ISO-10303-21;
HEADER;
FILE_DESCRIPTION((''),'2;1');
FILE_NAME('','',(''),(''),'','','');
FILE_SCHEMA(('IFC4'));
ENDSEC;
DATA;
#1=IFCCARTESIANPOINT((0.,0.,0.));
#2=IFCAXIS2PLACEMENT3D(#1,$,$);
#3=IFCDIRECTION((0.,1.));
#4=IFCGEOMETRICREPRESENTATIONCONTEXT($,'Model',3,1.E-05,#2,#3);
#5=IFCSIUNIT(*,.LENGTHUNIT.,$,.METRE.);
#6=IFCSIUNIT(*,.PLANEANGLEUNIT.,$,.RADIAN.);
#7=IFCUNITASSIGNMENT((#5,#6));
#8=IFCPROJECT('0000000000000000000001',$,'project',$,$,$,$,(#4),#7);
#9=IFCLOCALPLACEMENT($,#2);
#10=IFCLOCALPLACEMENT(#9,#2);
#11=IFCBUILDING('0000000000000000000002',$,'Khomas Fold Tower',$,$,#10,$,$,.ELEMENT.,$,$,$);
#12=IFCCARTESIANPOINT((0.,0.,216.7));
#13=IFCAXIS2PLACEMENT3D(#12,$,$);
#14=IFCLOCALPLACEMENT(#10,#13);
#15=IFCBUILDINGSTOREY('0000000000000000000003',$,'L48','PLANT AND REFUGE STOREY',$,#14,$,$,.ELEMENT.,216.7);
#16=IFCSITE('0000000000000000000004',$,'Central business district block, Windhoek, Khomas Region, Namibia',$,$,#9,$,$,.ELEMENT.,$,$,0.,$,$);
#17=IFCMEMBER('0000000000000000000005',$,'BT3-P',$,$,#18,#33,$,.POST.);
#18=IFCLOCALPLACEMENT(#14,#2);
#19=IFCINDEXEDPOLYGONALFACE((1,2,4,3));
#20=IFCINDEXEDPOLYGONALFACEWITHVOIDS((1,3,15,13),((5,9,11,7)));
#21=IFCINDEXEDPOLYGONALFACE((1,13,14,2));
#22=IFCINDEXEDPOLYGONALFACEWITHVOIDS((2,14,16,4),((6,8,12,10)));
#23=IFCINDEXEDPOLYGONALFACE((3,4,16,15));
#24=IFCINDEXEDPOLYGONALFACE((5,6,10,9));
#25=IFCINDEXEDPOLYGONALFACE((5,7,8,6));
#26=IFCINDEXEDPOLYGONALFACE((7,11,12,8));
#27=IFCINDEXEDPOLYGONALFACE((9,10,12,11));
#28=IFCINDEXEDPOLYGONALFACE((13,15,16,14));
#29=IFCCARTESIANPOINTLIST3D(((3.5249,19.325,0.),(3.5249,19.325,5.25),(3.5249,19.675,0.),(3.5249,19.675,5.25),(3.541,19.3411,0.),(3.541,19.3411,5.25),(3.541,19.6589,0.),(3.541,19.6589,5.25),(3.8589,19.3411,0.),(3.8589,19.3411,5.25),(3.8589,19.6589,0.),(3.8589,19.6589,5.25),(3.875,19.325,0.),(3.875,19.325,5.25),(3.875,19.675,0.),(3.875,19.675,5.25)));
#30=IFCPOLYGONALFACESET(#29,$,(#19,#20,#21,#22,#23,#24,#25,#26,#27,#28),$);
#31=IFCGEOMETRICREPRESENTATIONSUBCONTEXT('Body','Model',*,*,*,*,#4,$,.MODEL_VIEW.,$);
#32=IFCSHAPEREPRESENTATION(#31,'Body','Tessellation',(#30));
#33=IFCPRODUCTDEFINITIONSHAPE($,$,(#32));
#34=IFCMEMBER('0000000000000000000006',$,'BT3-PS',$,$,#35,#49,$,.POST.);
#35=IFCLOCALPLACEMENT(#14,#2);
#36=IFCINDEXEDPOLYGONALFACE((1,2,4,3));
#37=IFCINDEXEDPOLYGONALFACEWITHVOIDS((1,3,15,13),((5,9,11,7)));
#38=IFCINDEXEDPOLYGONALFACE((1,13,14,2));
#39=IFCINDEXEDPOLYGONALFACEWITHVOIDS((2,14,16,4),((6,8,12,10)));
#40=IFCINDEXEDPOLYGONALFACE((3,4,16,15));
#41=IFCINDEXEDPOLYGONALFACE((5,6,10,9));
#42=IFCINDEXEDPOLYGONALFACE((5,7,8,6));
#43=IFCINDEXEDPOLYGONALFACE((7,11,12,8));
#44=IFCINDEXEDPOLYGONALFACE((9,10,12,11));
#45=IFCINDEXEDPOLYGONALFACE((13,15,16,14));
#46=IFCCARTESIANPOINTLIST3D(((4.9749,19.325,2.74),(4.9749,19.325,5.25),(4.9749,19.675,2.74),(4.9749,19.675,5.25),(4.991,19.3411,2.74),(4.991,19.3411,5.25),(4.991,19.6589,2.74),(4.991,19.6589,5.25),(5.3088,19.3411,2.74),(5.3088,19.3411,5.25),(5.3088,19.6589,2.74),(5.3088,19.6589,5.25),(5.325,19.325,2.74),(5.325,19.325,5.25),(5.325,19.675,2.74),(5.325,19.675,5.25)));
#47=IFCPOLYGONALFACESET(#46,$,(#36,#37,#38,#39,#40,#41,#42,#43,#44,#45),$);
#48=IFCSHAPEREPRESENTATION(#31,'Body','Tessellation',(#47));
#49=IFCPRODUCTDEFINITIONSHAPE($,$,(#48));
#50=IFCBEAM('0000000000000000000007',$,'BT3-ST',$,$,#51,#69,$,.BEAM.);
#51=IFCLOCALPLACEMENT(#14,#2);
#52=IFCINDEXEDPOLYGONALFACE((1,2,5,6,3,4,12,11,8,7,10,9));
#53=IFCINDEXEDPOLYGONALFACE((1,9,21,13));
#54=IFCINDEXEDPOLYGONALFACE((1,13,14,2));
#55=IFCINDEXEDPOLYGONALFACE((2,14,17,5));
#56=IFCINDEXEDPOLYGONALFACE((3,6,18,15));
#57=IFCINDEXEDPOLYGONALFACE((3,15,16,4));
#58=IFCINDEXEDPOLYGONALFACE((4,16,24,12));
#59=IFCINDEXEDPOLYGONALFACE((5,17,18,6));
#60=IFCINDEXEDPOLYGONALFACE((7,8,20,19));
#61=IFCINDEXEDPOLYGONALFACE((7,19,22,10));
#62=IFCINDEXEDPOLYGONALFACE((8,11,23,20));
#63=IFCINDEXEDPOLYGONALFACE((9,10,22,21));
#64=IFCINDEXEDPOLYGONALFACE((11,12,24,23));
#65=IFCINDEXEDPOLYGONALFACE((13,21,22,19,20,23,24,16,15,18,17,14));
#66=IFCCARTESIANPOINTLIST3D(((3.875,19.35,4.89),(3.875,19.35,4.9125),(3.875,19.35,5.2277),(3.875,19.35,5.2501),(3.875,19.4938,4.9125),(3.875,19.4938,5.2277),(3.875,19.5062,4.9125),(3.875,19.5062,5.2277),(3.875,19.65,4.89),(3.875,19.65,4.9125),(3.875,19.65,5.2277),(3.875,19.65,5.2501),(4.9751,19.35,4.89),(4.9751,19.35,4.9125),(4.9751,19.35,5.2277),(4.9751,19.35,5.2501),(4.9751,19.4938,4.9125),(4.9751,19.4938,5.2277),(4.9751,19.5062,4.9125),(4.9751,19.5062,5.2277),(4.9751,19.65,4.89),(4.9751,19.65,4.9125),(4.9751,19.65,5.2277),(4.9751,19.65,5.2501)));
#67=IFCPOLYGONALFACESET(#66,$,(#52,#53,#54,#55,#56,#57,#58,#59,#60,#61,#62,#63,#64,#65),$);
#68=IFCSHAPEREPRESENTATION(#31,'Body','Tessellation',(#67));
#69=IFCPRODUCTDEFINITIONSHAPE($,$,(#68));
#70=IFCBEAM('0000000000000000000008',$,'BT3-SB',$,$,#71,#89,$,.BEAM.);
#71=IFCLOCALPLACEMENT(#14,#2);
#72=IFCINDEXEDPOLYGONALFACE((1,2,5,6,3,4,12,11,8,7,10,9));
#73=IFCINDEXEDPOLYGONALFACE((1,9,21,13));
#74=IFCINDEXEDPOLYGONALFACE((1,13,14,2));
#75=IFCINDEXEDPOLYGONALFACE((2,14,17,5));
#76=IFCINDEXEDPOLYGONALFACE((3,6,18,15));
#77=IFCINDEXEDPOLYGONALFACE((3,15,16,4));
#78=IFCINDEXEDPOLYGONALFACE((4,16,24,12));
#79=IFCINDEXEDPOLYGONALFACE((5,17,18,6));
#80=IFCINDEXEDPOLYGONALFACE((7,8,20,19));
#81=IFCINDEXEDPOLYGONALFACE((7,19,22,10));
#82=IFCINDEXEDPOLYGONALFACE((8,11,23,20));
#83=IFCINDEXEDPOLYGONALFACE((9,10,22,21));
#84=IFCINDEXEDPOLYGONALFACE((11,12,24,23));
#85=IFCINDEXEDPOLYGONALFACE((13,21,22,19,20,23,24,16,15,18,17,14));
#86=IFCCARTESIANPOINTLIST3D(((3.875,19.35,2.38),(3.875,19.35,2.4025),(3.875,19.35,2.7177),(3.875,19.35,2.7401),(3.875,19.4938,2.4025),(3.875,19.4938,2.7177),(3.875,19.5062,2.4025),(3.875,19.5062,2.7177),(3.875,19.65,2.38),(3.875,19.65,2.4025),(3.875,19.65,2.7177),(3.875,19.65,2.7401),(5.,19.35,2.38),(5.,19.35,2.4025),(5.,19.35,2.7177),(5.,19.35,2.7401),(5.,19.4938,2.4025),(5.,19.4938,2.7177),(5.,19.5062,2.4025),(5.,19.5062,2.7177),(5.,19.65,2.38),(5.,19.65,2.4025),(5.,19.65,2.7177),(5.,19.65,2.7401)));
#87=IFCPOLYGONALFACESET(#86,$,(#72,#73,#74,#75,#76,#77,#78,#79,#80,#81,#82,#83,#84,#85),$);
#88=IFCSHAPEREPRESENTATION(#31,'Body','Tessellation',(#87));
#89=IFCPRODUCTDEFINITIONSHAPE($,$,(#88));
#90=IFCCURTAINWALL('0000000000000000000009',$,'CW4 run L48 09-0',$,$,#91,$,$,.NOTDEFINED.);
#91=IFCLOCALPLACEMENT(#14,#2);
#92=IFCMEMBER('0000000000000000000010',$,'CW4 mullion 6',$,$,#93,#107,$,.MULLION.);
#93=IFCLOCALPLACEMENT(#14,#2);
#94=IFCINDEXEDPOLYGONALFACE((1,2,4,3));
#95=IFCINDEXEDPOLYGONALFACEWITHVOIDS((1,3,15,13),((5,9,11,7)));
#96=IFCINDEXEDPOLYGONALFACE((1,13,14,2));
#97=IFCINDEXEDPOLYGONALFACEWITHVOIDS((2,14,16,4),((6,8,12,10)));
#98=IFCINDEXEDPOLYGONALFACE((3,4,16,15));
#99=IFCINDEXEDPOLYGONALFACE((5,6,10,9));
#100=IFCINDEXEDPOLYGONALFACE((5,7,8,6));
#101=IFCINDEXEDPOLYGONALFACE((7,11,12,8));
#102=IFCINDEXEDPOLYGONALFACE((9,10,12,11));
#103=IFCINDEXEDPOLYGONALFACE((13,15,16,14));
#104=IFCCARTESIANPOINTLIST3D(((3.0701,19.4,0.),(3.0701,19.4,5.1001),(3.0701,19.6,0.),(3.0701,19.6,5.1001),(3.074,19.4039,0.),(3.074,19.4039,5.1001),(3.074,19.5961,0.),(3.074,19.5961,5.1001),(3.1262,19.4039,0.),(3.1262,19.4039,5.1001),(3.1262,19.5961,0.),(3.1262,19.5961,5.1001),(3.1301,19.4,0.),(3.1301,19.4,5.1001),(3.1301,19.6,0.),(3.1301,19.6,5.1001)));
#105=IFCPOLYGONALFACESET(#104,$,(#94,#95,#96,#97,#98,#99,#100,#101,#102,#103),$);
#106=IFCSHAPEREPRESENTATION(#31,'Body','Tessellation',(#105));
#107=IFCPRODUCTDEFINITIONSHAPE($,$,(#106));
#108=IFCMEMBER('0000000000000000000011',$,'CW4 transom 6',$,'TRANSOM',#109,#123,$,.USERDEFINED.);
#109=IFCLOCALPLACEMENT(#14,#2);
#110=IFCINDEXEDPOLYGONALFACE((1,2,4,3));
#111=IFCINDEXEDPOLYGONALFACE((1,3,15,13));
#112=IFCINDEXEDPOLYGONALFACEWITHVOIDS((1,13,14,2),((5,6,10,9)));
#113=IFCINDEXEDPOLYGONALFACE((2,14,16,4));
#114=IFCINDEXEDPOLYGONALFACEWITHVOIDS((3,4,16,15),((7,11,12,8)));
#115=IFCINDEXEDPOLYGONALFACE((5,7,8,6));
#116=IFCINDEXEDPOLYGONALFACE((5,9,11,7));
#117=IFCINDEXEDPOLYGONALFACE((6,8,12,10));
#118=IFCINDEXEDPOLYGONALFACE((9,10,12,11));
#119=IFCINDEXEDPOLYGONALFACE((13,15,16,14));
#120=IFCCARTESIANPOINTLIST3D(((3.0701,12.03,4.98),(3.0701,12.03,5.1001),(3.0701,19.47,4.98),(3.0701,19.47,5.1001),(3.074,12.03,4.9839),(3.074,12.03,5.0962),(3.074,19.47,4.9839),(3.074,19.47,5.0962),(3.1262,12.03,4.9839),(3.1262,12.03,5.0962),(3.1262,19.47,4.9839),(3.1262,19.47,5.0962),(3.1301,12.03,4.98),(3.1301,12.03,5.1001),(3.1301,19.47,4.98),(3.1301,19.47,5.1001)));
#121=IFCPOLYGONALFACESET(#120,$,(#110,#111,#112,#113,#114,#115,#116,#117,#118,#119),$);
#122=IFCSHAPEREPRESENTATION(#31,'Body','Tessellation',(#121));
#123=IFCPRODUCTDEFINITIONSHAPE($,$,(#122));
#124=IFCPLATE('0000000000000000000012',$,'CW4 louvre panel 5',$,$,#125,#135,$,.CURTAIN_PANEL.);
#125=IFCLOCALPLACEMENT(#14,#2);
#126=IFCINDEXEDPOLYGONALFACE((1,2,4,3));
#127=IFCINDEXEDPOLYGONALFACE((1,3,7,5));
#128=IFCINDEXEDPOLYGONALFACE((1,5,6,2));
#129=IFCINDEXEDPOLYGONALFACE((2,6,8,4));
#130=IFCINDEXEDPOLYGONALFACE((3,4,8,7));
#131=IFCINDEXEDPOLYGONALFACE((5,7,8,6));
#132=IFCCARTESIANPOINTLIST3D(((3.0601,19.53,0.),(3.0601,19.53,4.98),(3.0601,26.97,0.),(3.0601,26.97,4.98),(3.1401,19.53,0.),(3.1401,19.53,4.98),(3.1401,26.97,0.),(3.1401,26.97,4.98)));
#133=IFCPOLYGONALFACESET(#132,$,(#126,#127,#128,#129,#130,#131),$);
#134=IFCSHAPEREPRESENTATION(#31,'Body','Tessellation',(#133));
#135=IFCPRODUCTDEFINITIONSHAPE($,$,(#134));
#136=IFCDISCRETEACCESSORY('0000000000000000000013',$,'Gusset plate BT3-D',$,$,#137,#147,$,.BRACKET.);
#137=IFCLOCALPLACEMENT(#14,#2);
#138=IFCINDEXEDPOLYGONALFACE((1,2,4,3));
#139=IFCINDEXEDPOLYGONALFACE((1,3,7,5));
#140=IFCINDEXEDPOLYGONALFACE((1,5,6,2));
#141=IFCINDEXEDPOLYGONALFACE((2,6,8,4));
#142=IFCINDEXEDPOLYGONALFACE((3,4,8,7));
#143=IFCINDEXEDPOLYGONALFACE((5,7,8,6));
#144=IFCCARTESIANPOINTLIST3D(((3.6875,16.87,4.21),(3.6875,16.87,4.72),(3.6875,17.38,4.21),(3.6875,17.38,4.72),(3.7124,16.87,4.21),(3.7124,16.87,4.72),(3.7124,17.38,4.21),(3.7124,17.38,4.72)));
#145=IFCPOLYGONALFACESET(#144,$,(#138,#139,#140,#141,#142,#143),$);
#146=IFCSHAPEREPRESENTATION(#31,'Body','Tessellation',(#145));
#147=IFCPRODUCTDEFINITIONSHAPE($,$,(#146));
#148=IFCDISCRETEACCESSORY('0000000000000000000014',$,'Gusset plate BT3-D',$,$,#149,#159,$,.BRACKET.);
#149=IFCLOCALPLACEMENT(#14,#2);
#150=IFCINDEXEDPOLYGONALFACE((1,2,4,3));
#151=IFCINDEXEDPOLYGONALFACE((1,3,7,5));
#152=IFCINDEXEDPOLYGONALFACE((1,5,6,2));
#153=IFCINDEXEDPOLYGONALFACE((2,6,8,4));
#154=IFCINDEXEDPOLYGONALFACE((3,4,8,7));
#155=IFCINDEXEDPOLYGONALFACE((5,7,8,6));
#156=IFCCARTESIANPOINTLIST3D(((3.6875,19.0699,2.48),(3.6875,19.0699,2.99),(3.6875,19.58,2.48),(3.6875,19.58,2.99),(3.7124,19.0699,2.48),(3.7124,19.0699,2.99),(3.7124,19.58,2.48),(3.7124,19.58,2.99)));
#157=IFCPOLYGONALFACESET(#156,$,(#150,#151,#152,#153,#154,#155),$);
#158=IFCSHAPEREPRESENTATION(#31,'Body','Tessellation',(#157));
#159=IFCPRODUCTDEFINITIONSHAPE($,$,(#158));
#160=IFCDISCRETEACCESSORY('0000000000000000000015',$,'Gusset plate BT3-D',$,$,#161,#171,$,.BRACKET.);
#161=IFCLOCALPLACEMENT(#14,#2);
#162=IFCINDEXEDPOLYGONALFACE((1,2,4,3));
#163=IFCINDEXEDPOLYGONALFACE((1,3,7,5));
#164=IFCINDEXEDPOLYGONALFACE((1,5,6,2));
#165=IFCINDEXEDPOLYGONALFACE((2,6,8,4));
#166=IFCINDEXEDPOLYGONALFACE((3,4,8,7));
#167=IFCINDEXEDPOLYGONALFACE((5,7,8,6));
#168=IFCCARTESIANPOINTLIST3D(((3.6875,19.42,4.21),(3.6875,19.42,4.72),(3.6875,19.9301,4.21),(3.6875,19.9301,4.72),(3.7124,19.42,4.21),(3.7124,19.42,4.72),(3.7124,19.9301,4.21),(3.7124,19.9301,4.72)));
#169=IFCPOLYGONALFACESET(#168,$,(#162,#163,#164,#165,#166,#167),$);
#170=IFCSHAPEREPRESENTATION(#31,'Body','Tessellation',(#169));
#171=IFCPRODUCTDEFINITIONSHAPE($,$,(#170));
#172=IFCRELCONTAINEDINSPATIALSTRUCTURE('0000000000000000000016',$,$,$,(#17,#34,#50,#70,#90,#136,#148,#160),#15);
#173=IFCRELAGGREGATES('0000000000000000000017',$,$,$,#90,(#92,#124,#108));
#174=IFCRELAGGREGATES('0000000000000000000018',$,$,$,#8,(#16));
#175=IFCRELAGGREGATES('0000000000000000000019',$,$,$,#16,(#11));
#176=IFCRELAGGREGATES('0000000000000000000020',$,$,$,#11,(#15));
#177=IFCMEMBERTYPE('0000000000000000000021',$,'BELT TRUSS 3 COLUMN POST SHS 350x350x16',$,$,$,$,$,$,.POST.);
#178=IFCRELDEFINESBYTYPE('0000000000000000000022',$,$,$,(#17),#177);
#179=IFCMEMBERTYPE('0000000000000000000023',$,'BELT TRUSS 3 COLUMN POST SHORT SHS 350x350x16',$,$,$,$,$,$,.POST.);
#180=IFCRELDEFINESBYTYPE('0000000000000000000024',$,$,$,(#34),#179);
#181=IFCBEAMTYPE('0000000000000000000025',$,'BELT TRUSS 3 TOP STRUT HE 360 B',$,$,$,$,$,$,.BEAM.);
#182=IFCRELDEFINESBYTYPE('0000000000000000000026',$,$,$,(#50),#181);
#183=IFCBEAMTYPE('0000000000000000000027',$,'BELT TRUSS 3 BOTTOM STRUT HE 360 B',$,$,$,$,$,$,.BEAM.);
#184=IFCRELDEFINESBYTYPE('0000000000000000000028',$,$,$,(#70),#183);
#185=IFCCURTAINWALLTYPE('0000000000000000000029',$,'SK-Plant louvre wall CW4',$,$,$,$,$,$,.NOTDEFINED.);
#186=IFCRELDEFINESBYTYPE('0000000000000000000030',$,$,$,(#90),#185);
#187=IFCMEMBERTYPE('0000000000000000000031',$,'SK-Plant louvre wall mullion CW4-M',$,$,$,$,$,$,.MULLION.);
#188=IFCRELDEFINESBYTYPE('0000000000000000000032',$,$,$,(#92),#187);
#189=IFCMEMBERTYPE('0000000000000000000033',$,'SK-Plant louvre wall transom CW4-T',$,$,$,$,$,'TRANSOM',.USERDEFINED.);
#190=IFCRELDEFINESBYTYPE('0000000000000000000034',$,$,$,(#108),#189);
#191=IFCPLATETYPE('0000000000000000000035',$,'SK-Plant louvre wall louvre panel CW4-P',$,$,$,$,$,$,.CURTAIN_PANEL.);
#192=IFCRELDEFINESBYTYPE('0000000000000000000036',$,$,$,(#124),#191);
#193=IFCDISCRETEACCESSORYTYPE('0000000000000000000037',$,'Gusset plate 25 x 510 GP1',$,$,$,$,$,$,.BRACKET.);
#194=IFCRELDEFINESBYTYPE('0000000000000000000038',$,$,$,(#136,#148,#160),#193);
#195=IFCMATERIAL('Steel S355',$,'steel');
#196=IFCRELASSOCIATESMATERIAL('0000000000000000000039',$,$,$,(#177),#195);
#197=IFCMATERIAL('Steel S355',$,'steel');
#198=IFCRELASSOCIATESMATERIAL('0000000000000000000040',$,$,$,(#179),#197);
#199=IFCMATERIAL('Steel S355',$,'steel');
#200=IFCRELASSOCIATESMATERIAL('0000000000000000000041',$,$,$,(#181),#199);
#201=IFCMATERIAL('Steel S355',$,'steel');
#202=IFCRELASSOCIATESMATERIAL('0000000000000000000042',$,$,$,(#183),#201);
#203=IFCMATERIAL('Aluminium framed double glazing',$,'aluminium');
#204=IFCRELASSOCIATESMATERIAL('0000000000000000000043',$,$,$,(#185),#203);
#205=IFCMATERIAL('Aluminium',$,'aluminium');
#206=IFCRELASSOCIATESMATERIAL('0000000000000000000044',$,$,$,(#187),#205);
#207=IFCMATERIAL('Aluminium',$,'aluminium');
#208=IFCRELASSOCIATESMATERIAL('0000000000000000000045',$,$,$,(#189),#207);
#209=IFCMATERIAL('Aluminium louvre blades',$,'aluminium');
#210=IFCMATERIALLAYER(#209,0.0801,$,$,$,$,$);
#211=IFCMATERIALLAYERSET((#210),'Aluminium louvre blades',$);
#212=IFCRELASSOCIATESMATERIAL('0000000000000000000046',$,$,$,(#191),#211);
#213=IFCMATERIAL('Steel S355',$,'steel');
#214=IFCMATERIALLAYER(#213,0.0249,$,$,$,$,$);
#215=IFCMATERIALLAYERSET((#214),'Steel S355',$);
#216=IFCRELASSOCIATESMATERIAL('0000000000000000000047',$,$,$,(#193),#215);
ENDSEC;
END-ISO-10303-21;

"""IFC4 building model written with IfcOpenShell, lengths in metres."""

from ifc_helpers import new_model, si_unit, direction, frame, origin, origin_2d, place, context, subcontext, project, spatial, rectangle, hollow_rectangle, i_section, extrude, source, transform, mapped, material, layer, layer_set, material_profile, profile_set, type_object, element, aggregate, save


model = new_model("IFC4")

# Units and contexts
model_context = context("Model", 3, precision=1e-05, world=origin(), true_north=direction((0.0, 1.0)))
body_context = subcontext(model_context, "Body", "Model", "MODEL_VIEW")
ifc_project = project(units=[si_unit("LENGTHUNIT", "METRE"), si_unit("PLANEANGLEUNIT", "RADIAN")], contexts=[model_context])

# Site, building, storey
site_placement = place(None, origin())
site = spatial("IfcSite", under=ifc_project, at=site_placement, Name="Central business district block, Windhoek, Khomas Region, Namibia", CompositionType="ELEMENT", RefElevation=0.0)
building_placement = place(site_placement, origin())
building = spatial("IfcBuilding", under=site, at=building_placement, Name="Khomas Fold Tower", CompositionType="ELEMENT")
storey_placement = place(building_placement, frame((0.0, 0.0, 216.7)))
storey = spatial("IfcBuildingStorey", under=building, at=storey_placement, Name="L48", Description="PLANT AND REFUGE STOREY", CompositionType="ELEMENT", Elevation=216.7)

# Members
ifc_material_1 = material(Name="Steel S355", Category="steel")
ifc_material_profile_1 = material_profile(ifc_material_1, hollow_rectangle(XDim=0.3501, YDim=0.3501, WallThickness=0.0161, at=origin_2d()), Name="SHS 350x350x16")
ifc_profile_set_1 = profile_set([ifc_material_profile_1], Name="Steel S355")
member_type_1 = type_object("IfcMemberType", Name="BELT TRUSS 3 COLUMN POST SHS 350x350x16", PredefinedType="POST", material=ifc_profile_set_1)
shared_shape_1 = source(origin(), body_context, "Body", "SweptSolid", [
    extrude(hollow_rectangle(XDim=0.3501, YDim=0.3501, WallThickness=0.0161, at=origin_2d()), origin(), (0.0, 0.0, 1.0), 5.25),
])
member_1_placement = place(storey_placement, frame((3.7, 19.5, 0.0), z_axis=(0.0, 0.0, 1.0), x_axis=(1.0, 0.0, 0.0)))
element("IfcMember", 1, at=member_1_placement, inside=storey, type_object=member_type_1, Name="BT3-P", PredefinedType="POST", context=body_context, shape_type="MappedRepresentation", body=[
    mapped(shared_shape_1, transform((0.0, 0.0, 0.0))),
])
ifc_material_2 = material(Name="Steel S355", Category="steel")
ifc_material_profile_2 = material_profile(ifc_material_2, hollow_rectangle(XDim=0.3501, YDim=0.3501, WallThickness=0.0161, at=origin_2d()), Name="SHS 350x350x16")
ifc_profile_set_2 = profile_set([ifc_material_profile_2], Name="Steel S355")
member_type_2 = type_object("IfcMemberType", Name="BELT TRUSS 3 COLUMN POST SHORT SHS 350x350x16", PredefinedType="POST", material=ifc_profile_set_2)
shared_shape_2 = source(origin(), body_context, "Body", "SweptSolid", [
    extrude(hollow_rectangle(XDim=0.3501, YDim=0.3501, WallThickness=0.0161, at=origin_2d()), origin(), (0.0, 0.0, 1.0), 2.51),
])
member_2_placement = place(storey_placement, frame((5.1499, 19.5, 2.74), z_axis=(0.0, 0.0, 1.0), x_axis=(1.0, 0.0, 0.0)))
element("IfcMember", 2, at=member_2_placement, inside=storey, type_object=member_type_2, Name="BT3-PS", PredefinedType="POST", context=body_context, shape_type="MappedRepresentation", body=[
    mapped(shared_shape_2, transform((0.0, 0.0, 0.0))),
])

# Beams
ifc_material_3 = material(Name="Steel S355", Category="steel")
ifc_material_profile_3 = material_profile(ifc_material_3, i_section(OverallWidth=0.3, OverallDepth=0.3601, WebThickness=0.0125, FlangeThickness=0.0225, at=origin_2d()), Name="HE 360 B")
ifc_profile_set_3 = profile_set([ifc_material_profile_3], Name="Steel S355")
beam_type_1 = type_object("IfcBeamType", Name="BELT TRUSS 3 TOP STRUT HE 360 B", PredefinedType="BEAM", material=ifc_profile_set_3)
shared_shape_3 = source(origin(), body_context, "Body", "SweptSolid", [
    extrude(i_section(OverallWidth=0.3, OverallDepth=0.3601, WebThickness=0.0125, FlangeThickness=0.0225, at=origin_2d()), origin(), (0.0, 0.0, 1.0), 1.1001),
])
beam_1_placement = place(storey_placement, frame((4.9751, 19.5, 5.0701), z_axis=(-1.0, 0.0, 0.0), x_axis=(0.0, -1.0, 0.0)))
element("IfcBeam", 3, at=beam_1_placement, inside=storey, type_object=beam_type_1, Name="BT3-ST", PredefinedType="BEAM", context=body_context, shape_type="MappedRepresentation", body=[
    mapped(shared_shape_3, transform((0.0, 0.0, 0.0))),
])
ifc_material_4 = material(Name="Steel S355", Category="steel")
ifc_material_profile_4 = material_profile(ifc_material_4, i_section(OverallWidth=0.3, OverallDepth=0.3601, WebThickness=0.0125, FlangeThickness=0.0225, at=origin_2d()), Name="HE 360 B")
ifc_profile_set_4 = profile_set([ifc_material_profile_4], Name="Steel S355")
beam_type_2 = type_object("IfcBeamType", Name="BELT TRUSS 3 BOTTOM STRUT HE 360 B", PredefinedType="BEAM", material=ifc_profile_set_4)
shared_shape_4 = source(origin(), body_context, "Body", "SweptSolid", [
    extrude(i_section(OverallWidth=0.3, OverallDepth=0.3601, WebThickness=0.0125, FlangeThickness=0.0225, at=origin_2d()), origin(), (0.0, 0.0, 1.0), 1.125),
])
beam_2_placement = place(storey_placement, frame((5.0, 19.5, 2.5601), z_axis=(-1.0, 0.0, 0.0), x_axis=(0.0, -1.0, 0.0)))
element("IfcBeam", 4, at=beam_2_placement, inside=storey, type_object=beam_type_2, Name="BT3-SB", PredefinedType="BEAM", context=body_context, shape_type="MappedRepresentation", body=[
    mapped(shared_shape_4, transform((0.0, 0.0, 0.0))),
])

# Curtain wall, members, plate
ifc_material_5 = material(Name="Aluminium framed double glazing", Category="aluminium")
curtain_wall_type = type_object("IfcCurtainWallType", Name="SK-Plant louvre wall CW4", PredefinedType="NOTDEFINED", material=ifc_material_5)
curtain_wall_placement = place(storey_placement, origin())
curtain_wall = element("IfcCurtainWall", 5, at=curtain_wall_placement, inside=storey, type_object=curtain_wall_type, Name="CW4 run L48 09-0", PredefinedType="NOTDEFINED")
ifc_material_6 = material(Name="Aluminium", Category="aluminium")
ifc_material_profile_5 = material_profile(ifc_material_6, hollow_rectangle(XDim=0.0601, YDim=0.2, WallThickness=0.0039, at=origin_2d()), Name="SK-Plant louvre wall mullion CW4-M")
ifc_profile_set_5 = profile_set([ifc_material_profile_5], Name="Aluminium")
member_type_3 = type_object("IfcMemberType", Name="SK-Plant louvre wall mullion CW4-M", PredefinedType="MULLION", material=ifc_profile_set_5)
shared_shape_5 = source(origin(), body_context, "Body", "SweptSolid", [
    extrude(hollow_rectangle(XDim=0.0601, YDim=0.2, WallThickness=0.0039, at=origin_2d()), origin(), (0.0, 0.0, 1.0), 5.1001),
])
member_3_placement = place(storey_placement, frame((3.1001, 19.5, 0.0), z_axis=(0.0, 0.0, 1.0), x_axis=(1.0, 0.0, 0.0)))
member_3 = element("IfcMember", 6, at=member_3_placement, type_object=member_type_3, Name="CW4 mullion 6", PredefinedType="MULLION", context=body_context, shape_type="MappedRepresentation", body=[
    mapped(shared_shape_5, transform((0.0, 0.0, 0.0))),
])
ifc_material_7 = material(Name="Aluminium", Category="aluminium")
ifc_material_profile_6 = material_profile(ifc_material_7, hollow_rectangle(XDim=0.0601, YDim=0.1201, WallThickness=0.0039, at=origin_2d()), Name="SK-Plant louvre wall transom CW4-T")
ifc_profile_set_6 = profile_set([ifc_material_profile_6], Name="Aluminium")
member_type_4 = type_object("IfcMemberType", Name="SK-Plant louvre wall transom CW4-T", ElementType="TRANSOM", PredefinedType="USERDEFINED", material=ifc_profile_set_6)
shared_shape_6 = source(origin(), body_context, "Body", "SweptSolid", [
    extrude(hollow_rectangle(XDim=0.0601, YDim=0.1201, WallThickness=0.0039, at=origin_2d()), origin(), (0.0, 0.0, 1.0), 7.4399),
])
member_4_placement = place(storey_placement, frame((3.1001, 19.47, 5.04), z_axis=(0.0, -1.0, 0.0), x_axis=(1.0, 0.0, 0.0)))
member_4 = element("IfcMember", 7, at=member_4_placement, type_object=member_type_4, Name="CW4 transom 6", ObjectType="TRANSOM", PredefinedType="USERDEFINED", context=body_context, shape_type="MappedRepresentation", body=[
    mapped(shared_shape_6, transform((0.0, 0.0, 0.0))),
])
ifc_material_8 = material(Name="Aluminium louvre blades", Category="aluminium")
ifc_layer_1 = layer(ifc_material_8, 0.0801)
ifc_layer_set_1 = layer_set([ifc_layer_1], Name="Aluminium louvre blades")
plate_type = type_object("IfcPlateType", Name="SK-Plant louvre wall louvre panel CW4-P", PredefinedType="CURTAIN_PANEL", material=ifc_layer_set_1)
shared_shape_7 = source(origin(), body_context, "Body", "SweptSolid", [
    extrude(rectangle(XDim=7.4399, YDim=0.0801, at=origin_2d()), origin(), (0.0, 0.0, 1.0), 4.98),
])
plate_placement = place(storey_placement, frame((3.1001, 23.25, 0.0), z_axis=(0.0, 0.0, 1.0), x_axis=(0.0, -1.0, 0.0)))
plate = element("IfcPlate", 8, at=plate_placement, type_object=plate_type, Name="CW4 louvre panel 5", PredefinedType="CURTAIN_PANEL", context=body_context, shape_type="MappedRepresentation", body=[
    mapped(shared_shape_7, transform((0.0, 0.0, 0.0))),
])
aggregate(curtain_wall, [member_3, plate, member_4])

# Discrete accessories
ifc_material_9 = material(Name="Steel S355", Category="steel")
ifc_layer_2 = layer(ifc_material_9, 0.0249)
ifc_layer_set_2 = layer_set([ifc_layer_2], Name="Steel S355")
discrete_accessory_type = type_object("IfcDiscreteAccessoryType", Name="Gusset plate 25 x 510 GP1", PredefinedType="BRACKET", material=ifc_layer_set_2)
shared_shape_8 = source(origin(), body_context, "Body", "SweptSolid", [
    extrude(rectangle(XDim=0.51, YDim=0.0249, at=origin_2d()), origin(), (0.0, 0.0, 1.0), 0.51),
])
for number, where, z_axis, x_axis, name in (
    (9, (3.7, 17.125, 4.21), (0.0, 0.0, 1.0), (0.0, 1.0, 0.0), "Gusset plate BT3-D"),
    (10, (3.7, 19.325, 2.48), (0.0, 0.0, 1.0), (0.0, 1.0, 0.0), "Gusset plate BT3-D"),
    (11, (3.7, 19.675, 4.21), (0.0, 0.0, 1.0), (0.0, 1.0, 0.0), "Gusset plate BT3-D"),
):
    element("IfcDiscreteAccessory", number, at=place(storey_placement, frame(where, z_axis=z_axis, x_axis=x_axis)), inside=storey, type_object=discrete_accessory_type, Name=name, PredefinedType="BRACKET", context=body_context, shape_type="MappedRepresentation", body=[
        mapped(shared_shape_8, transform((0.0, 0.0, 0.0))),
    ])

save(model, "model.ifc")
